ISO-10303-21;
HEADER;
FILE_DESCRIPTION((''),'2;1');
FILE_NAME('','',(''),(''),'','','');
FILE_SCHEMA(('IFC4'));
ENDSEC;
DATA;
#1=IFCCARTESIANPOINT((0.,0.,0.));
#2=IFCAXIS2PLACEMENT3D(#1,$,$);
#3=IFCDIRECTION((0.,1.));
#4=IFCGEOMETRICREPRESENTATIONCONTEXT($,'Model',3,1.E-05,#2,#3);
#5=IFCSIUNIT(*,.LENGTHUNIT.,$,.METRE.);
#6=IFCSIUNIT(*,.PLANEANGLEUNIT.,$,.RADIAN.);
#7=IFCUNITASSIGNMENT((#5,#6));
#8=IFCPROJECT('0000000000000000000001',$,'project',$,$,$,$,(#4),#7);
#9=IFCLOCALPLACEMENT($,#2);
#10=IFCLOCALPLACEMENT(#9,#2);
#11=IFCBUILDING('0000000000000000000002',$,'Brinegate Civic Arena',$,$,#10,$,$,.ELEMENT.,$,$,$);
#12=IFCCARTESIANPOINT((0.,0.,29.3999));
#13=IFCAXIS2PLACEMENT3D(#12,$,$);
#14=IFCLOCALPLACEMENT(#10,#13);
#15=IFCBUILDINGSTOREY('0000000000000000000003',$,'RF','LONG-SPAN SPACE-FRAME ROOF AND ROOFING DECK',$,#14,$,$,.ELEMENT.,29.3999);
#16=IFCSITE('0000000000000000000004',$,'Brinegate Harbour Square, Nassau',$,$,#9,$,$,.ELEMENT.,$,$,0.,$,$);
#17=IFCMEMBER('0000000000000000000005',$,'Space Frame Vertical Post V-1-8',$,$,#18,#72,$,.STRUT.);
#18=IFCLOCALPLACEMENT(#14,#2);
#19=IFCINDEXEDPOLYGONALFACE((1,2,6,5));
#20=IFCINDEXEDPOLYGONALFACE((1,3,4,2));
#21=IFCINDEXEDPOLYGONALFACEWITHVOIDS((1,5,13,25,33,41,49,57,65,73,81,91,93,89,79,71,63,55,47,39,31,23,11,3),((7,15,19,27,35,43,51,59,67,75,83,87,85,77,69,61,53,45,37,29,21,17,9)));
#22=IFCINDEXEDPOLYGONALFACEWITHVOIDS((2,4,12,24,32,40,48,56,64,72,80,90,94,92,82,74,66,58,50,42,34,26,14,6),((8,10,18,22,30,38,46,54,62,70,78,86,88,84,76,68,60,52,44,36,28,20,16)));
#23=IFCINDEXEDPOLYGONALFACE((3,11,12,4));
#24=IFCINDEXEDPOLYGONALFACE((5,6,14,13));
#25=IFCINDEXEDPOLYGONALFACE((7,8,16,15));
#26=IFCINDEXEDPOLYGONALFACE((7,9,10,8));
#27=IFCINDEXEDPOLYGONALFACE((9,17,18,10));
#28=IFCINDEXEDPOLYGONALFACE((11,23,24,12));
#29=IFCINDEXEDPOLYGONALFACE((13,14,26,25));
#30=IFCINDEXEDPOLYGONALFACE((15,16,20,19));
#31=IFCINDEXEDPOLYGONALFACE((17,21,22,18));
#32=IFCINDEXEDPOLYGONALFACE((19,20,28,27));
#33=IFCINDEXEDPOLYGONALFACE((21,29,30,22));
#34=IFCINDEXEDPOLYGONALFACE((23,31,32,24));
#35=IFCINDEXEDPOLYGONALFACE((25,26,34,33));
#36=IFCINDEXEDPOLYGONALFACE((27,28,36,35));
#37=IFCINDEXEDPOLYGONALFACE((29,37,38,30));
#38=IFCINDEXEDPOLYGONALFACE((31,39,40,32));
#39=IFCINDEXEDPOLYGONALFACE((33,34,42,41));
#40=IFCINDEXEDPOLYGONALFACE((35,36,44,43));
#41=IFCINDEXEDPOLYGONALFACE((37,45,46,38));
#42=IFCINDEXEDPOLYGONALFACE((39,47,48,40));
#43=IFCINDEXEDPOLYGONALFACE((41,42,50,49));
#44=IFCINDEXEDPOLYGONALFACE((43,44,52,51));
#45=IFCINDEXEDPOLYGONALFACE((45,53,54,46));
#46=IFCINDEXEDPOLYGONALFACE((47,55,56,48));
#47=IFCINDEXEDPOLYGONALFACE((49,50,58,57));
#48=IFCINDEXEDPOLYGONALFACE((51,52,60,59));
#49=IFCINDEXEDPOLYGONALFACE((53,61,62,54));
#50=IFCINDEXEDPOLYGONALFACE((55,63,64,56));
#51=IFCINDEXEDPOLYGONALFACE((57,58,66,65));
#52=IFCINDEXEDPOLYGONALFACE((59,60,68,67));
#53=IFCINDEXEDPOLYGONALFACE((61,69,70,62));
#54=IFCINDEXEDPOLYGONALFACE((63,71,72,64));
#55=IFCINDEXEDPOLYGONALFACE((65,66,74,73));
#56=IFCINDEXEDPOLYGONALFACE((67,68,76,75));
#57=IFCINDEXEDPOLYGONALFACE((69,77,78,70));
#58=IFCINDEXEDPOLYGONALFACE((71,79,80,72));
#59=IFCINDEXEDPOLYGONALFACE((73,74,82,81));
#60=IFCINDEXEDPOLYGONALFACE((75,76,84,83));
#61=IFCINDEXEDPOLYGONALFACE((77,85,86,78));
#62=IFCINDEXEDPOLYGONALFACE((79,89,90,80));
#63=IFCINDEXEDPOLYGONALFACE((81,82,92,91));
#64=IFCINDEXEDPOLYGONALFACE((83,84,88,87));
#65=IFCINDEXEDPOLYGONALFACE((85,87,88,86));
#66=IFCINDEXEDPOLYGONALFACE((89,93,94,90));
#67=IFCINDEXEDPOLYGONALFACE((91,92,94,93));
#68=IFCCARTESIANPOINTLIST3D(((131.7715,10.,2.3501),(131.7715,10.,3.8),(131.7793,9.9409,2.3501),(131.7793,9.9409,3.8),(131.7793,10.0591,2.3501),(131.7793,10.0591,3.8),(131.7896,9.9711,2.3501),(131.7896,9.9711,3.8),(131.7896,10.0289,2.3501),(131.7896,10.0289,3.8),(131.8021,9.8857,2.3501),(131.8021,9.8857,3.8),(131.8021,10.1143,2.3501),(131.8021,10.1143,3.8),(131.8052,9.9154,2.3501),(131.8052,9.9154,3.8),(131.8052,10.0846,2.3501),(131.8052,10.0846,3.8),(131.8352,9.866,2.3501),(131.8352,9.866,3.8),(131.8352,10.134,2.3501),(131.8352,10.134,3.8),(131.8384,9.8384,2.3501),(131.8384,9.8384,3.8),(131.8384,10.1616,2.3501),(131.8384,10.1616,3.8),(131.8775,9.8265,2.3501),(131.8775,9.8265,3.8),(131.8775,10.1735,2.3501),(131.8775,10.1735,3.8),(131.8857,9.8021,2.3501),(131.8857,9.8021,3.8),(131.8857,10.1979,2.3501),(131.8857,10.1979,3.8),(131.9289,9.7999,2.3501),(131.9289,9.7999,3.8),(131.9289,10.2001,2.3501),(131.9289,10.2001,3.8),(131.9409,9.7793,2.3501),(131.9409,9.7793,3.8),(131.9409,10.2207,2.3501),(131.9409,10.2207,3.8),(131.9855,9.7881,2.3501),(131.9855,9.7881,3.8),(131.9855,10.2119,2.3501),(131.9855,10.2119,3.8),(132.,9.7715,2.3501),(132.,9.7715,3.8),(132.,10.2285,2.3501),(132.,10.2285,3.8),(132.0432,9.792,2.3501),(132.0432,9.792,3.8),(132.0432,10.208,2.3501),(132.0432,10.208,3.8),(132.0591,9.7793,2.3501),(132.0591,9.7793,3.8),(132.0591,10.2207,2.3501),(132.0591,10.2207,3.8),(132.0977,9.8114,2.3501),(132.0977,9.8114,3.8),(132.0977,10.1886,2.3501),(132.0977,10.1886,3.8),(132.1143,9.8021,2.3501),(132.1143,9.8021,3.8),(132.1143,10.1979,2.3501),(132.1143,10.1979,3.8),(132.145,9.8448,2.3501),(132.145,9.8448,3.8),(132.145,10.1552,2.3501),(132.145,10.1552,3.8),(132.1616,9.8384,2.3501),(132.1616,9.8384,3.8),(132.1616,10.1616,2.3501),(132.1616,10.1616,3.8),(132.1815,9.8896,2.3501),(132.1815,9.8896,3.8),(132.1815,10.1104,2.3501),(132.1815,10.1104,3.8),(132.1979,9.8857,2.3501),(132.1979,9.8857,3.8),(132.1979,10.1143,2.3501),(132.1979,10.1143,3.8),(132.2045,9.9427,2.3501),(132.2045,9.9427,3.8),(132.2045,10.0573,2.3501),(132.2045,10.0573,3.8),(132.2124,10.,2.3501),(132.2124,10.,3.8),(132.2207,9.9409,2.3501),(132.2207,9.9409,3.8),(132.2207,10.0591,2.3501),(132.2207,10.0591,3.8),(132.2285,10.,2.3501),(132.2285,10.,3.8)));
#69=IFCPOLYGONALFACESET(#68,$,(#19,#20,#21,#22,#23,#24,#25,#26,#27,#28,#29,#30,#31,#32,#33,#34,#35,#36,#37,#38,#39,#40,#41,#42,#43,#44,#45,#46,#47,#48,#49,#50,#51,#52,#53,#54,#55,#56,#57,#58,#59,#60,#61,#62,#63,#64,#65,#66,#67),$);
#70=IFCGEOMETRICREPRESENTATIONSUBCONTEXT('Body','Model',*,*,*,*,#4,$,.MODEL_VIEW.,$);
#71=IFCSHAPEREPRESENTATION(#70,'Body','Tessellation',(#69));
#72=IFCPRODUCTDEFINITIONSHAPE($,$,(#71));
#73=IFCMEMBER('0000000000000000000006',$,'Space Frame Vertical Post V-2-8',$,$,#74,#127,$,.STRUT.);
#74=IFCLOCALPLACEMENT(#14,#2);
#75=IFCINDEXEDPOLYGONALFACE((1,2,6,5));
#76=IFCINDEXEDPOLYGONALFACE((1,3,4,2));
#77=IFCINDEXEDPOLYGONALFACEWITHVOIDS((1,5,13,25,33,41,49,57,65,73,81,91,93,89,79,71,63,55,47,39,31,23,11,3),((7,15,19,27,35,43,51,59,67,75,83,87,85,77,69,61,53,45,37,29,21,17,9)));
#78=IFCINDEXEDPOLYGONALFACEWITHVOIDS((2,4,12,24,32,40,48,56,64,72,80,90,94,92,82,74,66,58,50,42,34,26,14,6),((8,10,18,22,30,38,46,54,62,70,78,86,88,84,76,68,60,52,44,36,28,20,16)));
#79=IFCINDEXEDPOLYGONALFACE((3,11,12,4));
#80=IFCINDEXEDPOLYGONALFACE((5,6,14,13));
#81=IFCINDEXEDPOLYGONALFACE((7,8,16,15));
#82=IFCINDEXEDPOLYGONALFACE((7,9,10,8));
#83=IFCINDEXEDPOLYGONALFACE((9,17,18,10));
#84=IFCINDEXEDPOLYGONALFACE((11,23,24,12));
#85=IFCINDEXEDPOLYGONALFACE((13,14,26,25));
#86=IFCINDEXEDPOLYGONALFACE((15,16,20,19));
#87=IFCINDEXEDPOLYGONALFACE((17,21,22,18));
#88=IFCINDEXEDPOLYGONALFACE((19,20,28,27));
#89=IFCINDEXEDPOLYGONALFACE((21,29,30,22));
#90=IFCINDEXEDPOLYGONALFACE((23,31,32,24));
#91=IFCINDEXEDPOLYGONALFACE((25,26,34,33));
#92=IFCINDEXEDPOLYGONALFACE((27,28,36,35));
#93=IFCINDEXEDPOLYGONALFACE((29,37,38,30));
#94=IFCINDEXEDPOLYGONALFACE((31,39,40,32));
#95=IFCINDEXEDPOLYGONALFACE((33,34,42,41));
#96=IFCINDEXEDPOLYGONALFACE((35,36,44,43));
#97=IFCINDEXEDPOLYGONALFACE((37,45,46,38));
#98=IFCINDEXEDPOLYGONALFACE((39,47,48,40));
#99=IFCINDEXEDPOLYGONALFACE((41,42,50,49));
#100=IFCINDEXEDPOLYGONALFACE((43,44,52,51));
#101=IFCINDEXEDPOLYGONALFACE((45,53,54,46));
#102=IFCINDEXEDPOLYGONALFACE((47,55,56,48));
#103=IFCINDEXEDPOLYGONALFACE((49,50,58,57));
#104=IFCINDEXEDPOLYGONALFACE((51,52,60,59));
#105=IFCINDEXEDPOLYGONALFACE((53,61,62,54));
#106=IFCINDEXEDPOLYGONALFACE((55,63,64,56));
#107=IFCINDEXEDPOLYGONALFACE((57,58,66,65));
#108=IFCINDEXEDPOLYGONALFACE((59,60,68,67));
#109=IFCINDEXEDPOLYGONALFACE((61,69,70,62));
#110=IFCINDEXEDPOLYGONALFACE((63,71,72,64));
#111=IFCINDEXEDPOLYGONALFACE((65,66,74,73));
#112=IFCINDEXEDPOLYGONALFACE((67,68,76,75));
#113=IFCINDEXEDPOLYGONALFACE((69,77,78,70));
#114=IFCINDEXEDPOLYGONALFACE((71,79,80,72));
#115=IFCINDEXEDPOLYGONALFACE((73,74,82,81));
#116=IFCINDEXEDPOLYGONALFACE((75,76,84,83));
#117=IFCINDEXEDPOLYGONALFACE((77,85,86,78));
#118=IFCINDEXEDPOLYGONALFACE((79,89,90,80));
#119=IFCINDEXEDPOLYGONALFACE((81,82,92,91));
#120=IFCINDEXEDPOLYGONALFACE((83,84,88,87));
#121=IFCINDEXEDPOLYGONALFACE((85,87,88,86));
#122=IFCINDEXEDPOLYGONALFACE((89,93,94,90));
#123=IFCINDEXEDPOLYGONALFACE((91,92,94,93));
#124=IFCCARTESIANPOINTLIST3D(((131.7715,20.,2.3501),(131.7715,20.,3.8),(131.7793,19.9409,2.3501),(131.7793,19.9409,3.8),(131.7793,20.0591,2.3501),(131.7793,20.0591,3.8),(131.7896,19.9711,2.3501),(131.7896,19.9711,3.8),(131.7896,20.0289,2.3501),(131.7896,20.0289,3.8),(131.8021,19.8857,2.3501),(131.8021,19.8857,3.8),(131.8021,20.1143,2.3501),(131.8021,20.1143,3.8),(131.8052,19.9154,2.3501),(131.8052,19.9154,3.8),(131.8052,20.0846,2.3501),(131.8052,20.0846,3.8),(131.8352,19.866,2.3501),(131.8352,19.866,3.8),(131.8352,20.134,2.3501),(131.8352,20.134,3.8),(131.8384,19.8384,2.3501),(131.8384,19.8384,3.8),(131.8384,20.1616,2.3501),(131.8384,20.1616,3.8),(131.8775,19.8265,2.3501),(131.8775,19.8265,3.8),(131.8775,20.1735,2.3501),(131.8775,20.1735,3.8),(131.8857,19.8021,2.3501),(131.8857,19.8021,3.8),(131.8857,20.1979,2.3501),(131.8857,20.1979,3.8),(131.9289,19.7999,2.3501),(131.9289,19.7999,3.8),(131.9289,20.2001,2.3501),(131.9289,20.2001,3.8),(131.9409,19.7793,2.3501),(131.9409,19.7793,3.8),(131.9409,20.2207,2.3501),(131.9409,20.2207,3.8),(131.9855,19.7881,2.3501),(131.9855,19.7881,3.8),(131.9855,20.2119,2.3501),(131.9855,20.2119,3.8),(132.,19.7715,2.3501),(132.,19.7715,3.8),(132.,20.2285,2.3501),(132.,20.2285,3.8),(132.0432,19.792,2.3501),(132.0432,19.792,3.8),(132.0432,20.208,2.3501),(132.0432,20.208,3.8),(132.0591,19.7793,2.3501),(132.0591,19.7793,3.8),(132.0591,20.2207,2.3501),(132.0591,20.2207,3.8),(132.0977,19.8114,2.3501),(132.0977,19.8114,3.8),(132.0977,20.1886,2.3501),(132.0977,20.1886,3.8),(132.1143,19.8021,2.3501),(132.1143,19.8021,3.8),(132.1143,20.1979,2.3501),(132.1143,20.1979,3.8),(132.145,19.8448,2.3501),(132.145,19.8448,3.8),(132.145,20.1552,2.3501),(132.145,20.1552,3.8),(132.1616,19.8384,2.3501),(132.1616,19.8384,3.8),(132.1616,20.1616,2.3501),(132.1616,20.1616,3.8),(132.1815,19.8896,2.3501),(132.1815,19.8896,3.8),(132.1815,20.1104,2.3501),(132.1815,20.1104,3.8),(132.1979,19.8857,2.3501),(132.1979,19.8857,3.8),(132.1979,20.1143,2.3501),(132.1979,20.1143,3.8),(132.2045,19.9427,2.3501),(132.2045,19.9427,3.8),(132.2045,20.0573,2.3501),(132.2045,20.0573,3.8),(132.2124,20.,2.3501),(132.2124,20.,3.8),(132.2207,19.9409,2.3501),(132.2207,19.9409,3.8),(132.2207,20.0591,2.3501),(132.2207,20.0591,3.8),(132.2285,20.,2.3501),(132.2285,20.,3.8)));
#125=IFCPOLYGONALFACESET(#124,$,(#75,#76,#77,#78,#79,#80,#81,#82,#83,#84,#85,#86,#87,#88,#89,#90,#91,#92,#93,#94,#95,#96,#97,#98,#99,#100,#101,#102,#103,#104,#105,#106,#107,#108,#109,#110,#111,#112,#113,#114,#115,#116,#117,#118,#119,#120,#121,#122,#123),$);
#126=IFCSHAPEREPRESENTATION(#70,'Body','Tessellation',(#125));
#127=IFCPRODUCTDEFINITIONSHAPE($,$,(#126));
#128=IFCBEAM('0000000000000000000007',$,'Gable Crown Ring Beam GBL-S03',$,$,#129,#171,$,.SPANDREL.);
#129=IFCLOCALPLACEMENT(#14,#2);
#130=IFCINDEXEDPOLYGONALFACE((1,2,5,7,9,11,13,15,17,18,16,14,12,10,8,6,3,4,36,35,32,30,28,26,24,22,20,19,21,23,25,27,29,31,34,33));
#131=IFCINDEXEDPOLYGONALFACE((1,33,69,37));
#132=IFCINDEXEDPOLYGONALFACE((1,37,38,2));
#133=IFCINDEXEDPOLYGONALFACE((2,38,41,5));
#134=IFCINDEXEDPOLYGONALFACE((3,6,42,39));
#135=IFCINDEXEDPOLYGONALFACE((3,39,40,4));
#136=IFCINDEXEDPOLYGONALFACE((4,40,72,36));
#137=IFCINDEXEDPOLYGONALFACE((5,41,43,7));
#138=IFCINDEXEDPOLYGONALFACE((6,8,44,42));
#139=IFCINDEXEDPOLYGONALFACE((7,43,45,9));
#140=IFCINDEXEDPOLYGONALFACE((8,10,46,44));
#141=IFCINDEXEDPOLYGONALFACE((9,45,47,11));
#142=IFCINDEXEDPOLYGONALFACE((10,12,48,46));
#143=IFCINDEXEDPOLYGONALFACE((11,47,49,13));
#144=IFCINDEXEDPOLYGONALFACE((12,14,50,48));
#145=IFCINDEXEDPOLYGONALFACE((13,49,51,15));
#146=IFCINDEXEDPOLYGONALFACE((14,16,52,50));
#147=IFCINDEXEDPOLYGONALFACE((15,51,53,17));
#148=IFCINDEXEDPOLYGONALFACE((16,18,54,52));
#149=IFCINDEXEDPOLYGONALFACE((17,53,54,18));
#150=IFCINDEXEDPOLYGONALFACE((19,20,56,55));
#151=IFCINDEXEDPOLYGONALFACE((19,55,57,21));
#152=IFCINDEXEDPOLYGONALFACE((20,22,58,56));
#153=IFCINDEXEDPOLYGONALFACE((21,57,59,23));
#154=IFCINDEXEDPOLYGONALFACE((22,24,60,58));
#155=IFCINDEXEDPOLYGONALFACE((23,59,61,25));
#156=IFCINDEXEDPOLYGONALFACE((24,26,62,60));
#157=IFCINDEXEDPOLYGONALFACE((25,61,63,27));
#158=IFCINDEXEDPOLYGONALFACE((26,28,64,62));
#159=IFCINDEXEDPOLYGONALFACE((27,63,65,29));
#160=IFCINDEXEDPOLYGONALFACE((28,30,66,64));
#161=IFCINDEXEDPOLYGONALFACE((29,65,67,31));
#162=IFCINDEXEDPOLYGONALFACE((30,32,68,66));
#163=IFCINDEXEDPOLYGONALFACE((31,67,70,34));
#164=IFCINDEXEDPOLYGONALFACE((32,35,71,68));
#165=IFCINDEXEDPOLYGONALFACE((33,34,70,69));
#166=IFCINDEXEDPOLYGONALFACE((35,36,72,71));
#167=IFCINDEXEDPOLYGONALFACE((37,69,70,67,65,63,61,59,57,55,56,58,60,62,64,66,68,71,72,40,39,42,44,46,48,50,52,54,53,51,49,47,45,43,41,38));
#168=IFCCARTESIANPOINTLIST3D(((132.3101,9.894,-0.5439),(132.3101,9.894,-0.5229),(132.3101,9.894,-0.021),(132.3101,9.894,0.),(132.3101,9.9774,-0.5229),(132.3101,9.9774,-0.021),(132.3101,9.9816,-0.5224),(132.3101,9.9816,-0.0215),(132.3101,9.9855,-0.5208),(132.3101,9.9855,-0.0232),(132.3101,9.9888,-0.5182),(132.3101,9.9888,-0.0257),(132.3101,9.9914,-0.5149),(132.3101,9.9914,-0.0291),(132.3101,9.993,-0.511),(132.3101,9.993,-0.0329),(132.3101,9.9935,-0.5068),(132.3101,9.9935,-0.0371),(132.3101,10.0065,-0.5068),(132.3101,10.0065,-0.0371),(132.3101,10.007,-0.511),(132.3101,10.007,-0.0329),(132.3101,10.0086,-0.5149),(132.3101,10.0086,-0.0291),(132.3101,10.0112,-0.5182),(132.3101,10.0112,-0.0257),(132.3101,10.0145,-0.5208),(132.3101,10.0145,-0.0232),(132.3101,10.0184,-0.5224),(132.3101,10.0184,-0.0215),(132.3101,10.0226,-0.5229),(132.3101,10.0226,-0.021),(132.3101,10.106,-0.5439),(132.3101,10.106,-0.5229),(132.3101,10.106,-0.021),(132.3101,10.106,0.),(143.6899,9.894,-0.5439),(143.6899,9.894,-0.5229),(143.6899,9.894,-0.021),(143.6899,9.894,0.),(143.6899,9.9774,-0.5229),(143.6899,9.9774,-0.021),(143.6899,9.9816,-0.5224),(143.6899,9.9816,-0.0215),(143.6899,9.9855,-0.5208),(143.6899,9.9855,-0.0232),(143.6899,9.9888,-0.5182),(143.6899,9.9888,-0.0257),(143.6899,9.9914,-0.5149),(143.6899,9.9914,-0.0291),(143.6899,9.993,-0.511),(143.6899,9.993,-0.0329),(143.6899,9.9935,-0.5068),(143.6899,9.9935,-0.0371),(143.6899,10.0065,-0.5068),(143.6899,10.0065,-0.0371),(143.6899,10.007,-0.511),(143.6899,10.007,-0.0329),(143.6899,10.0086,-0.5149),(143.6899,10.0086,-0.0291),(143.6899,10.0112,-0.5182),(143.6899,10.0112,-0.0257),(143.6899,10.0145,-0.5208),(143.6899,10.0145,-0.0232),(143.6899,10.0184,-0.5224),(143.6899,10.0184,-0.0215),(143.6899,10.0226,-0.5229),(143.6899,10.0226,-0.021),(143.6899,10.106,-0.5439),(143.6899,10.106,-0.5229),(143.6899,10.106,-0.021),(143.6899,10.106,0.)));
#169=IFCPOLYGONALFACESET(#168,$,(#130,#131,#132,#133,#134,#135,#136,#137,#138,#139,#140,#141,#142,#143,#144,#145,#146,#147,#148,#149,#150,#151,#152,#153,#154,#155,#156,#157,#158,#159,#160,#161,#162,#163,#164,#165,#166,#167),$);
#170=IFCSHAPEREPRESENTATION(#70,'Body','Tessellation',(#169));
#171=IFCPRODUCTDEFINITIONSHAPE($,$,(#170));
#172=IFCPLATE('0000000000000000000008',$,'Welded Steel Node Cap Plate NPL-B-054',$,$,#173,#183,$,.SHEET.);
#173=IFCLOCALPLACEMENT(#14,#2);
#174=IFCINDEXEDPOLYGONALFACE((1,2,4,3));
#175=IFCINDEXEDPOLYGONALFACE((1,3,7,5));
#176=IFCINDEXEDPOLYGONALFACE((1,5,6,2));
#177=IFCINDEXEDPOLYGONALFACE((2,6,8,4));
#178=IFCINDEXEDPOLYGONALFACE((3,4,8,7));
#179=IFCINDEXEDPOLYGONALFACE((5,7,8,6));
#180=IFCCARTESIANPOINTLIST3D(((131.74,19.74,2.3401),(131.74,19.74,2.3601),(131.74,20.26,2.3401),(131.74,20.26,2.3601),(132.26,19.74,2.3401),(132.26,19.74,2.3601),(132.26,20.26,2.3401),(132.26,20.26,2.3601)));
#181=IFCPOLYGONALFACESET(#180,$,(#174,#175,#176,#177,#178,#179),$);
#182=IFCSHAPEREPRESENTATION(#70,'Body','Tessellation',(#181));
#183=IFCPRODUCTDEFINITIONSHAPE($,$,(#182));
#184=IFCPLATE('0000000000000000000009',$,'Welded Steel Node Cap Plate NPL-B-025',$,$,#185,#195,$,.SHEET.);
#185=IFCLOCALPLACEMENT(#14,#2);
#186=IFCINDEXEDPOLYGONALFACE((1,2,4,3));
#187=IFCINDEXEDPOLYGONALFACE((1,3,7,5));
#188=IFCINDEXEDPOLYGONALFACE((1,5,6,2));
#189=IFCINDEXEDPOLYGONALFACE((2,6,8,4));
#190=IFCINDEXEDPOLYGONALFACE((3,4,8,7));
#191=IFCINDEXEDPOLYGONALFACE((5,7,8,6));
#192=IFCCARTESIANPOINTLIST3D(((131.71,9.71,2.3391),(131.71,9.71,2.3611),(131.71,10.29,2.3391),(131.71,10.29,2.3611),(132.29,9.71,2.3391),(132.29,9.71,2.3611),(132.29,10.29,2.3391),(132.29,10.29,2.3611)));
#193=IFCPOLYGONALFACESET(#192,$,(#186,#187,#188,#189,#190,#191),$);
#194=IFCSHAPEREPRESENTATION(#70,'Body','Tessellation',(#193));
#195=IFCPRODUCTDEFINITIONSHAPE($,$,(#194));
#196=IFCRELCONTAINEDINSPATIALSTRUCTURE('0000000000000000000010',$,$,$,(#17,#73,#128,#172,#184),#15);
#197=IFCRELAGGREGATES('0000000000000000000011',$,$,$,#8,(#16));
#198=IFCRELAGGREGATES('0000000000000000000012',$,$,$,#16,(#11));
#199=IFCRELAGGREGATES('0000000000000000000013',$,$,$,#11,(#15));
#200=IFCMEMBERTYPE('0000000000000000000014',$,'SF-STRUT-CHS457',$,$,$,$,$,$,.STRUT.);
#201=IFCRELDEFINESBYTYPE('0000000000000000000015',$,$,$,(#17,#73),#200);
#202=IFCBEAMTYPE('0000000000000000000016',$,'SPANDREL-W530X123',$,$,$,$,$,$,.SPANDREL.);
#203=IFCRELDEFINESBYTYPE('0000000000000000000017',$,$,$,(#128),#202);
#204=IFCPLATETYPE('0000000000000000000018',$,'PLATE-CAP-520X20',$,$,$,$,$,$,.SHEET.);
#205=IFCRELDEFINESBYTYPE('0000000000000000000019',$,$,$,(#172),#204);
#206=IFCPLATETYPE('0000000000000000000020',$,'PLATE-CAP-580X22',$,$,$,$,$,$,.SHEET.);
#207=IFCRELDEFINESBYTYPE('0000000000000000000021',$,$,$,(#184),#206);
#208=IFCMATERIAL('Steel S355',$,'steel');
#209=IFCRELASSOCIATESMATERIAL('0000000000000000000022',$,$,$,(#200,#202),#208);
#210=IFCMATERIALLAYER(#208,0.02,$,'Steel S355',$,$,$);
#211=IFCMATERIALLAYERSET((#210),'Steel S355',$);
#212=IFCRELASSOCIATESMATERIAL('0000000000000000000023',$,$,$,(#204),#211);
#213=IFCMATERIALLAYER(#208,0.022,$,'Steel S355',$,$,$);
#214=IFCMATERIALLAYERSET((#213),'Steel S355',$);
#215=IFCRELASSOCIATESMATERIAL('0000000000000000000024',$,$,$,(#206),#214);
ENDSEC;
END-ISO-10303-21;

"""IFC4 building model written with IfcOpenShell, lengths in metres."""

from ifc_helpers import new_model, si_unit, direction, frame, origin, origin_2d, place, context, subcontext, project, spatial, rectangle, hollow_circle, i_section, extrude, material, layer, layer_set, material_profile, profile_set, type_object, element, save


model = new_model("IFC4")

# Units and contexts
model_context = context("Model", 3, precision=1e-05, world=origin(), true_north=direction((0.0, 1.0)))
body_context = subcontext(model_context, "Body", "Model", "MODEL_VIEW")
ifc_project = project(units=[si_unit("LENGTHUNIT", "METRE"), si_unit("PLANEANGLEUNIT", "RADIAN")], contexts=[model_context])

# Site, building, storey
site_placement = place(None, origin())
site = spatial("IfcSite", under=ifc_project, at=site_placement, Name="Brinegate Harbour Square, Nassau", CompositionType="ELEMENT", RefElevation=0.0)
building_placement = place(site_placement, origin())
building = spatial("IfcBuilding", under=site, at=building_placement, Name="Brinegate Civic Arena", CompositionType="ELEMENT")
storey_placement = place(building_placement, frame((0.0, 0.0, 29.3999)))
storey = spatial("IfcBuildingStorey", under=building, at=storey_placement, Name="RF", Description="LONG-SPAN SPACE-FRAME ROOF AND ROOFING DECK", CompositionType="ELEMENT", Elevation=29.3999)

# Shared definitions
ifc_material_1 = material(Name="Steel S355", Category="steel")

# Members
ifc_material_profile_1 = material_profile(ifc_material_1, hollow_circle(Radius=0.2285, WallThickness=0.0161, at=origin_2d()), Name="CHS457X16")
ifc_profile_set_1 = profile_set([ifc_material_profile_1], Name="Steel S355")
member_type_1 = type_object("IfcMemberType", Name="SF-STRUT-CHS457", PredefinedType="STRUT", material=ifc_profile_set_1)
for number, where, z_axis, x_axis, name in (
    (1, (132.0, 10.0, 2.3501), (0.0, 0.0, 1.0), (1.0, 0.0, 0.0), "Space Frame Vertical Post V-1-8"),
    (2, (132.0, 20.0, 2.3501), (0.0, 0.0, 1.0), (1.0, 0.0, 0.0), "Space Frame Vertical Post V-2-8"),
):
    element("IfcMember", number, at=place(storey_placement, frame(where, z_axis=z_axis, x_axis=x_axis)), inside=storey, type_object=member_type_1, Name=name, PredefinedType="STRUT", context=body_context, shape_type="SweptSolid", body=[
        extrude(hollow_circle(Radius=0.2285, WallThickness=0.0161, at=origin_2d()), origin(), (0.0, 0.0, 1.0), 1.45),
    ])

# Beam
ifc_material_profile_2 = material_profile(ifc_material_1, i_section(OverallWidth=0.2119, OverallDepth=0.5439, WebThickness=0.0129, FlangeThickness=0.021, FilletRadius=0.0161, at=origin_2d()), Name="W530X123")
ifc_profile_set_2 = profile_set([ifc_material_profile_2], Name="Steel S355")
beam_type_1 = type_object("IfcBeamType", Name="SPANDREL-W530X123", PredefinedType="SPANDREL", material=ifc_profile_set_2)
beam_1_placement = place(storey_placement, frame((132.3101, 10.0, -0.272), z_axis=(1.0, 0.0, 0.0), x_axis=(0.0, 1.0, 0.0)))
element("IfcBeam", 3, at=beam_1_placement, inside=storey, type_object=beam_type_1, Name="Gable Crown Ring Beam GBL-S03", PredefinedType="SPANDREL", context=body_context, shape_type="SweptSolid", body=[
    extrude(i_section(OverallWidth=0.2119, OverallDepth=0.5439, WebThickness=0.0129, FlangeThickness=0.021, FilletRadius=0.0161, at=origin_2d()), origin(), (0.0, 0.0, 1.0), 11.3799),
])

# Plates
ifc_layer_1 = layer(ifc_material_1, 0.02, Name="Steel S355")
ifc_layer_set_1 = layer_set([ifc_layer_1], Name="Steel S355")
plate_type_1 = type_object("IfcPlateType", Name="PLATE-CAP-520X20", PredefinedType="SHEET", material=ifc_layer_set_1)
plate_1_placement = place(storey_placement, frame((132.0, 20.0, 2.3401), z_axis=(0.0, 0.0, 1.0), x_axis=(1.0, 0.0, 0.0)))
element("IfcPlate", 4, at=plate_1_placement, inside=storey, type_object=plate_type_1, Name="Welded Steel Node Cap Plate NPL-B-054", PredefinedType="SHEET", context=body_context, shape_type="SweptSolid", body=[
    extrude(rectangle(XDim=0.52, YDim=0.52, at=origin_2d()), origin(), (0.0, 0.0, 1.0), 0.02),
])
ifc_layer_2 = layer(ifc_material_1, 0.022, Name="Steel S355")
ifc_layer_set_2 = layer_set([ifc_layer_2], Name="Steel S355")
plate_type_2 = type_object("IfcPlateType", Name="PLATE-CAP-580X22", PredefinedType="SHEET", material=ifc_layer_set_2)
plate_2_placement = place(storey_placement, frame((132.0, 10.0, 2.3391), z_axis=(0.0, 0.0, 1.0), x_axis=(1.0, 0.0, 0.0)))
element("IfcPlate", 5, at=plate_2_placement, inside=storey, type_object=plate_type_2, Name="Welded Steel Node Cap Plate NPL-B-025", PredefinedType="SHEET", context=body_context, shape_type="SweptSolid", body=[
    extrude(rectangle(XDim=0.5801, YDim=0.5801, at=origin_2d()), origin(), (0.0, 0.0, 1.0), 0.022),
])

save(model, "model.ifc")
